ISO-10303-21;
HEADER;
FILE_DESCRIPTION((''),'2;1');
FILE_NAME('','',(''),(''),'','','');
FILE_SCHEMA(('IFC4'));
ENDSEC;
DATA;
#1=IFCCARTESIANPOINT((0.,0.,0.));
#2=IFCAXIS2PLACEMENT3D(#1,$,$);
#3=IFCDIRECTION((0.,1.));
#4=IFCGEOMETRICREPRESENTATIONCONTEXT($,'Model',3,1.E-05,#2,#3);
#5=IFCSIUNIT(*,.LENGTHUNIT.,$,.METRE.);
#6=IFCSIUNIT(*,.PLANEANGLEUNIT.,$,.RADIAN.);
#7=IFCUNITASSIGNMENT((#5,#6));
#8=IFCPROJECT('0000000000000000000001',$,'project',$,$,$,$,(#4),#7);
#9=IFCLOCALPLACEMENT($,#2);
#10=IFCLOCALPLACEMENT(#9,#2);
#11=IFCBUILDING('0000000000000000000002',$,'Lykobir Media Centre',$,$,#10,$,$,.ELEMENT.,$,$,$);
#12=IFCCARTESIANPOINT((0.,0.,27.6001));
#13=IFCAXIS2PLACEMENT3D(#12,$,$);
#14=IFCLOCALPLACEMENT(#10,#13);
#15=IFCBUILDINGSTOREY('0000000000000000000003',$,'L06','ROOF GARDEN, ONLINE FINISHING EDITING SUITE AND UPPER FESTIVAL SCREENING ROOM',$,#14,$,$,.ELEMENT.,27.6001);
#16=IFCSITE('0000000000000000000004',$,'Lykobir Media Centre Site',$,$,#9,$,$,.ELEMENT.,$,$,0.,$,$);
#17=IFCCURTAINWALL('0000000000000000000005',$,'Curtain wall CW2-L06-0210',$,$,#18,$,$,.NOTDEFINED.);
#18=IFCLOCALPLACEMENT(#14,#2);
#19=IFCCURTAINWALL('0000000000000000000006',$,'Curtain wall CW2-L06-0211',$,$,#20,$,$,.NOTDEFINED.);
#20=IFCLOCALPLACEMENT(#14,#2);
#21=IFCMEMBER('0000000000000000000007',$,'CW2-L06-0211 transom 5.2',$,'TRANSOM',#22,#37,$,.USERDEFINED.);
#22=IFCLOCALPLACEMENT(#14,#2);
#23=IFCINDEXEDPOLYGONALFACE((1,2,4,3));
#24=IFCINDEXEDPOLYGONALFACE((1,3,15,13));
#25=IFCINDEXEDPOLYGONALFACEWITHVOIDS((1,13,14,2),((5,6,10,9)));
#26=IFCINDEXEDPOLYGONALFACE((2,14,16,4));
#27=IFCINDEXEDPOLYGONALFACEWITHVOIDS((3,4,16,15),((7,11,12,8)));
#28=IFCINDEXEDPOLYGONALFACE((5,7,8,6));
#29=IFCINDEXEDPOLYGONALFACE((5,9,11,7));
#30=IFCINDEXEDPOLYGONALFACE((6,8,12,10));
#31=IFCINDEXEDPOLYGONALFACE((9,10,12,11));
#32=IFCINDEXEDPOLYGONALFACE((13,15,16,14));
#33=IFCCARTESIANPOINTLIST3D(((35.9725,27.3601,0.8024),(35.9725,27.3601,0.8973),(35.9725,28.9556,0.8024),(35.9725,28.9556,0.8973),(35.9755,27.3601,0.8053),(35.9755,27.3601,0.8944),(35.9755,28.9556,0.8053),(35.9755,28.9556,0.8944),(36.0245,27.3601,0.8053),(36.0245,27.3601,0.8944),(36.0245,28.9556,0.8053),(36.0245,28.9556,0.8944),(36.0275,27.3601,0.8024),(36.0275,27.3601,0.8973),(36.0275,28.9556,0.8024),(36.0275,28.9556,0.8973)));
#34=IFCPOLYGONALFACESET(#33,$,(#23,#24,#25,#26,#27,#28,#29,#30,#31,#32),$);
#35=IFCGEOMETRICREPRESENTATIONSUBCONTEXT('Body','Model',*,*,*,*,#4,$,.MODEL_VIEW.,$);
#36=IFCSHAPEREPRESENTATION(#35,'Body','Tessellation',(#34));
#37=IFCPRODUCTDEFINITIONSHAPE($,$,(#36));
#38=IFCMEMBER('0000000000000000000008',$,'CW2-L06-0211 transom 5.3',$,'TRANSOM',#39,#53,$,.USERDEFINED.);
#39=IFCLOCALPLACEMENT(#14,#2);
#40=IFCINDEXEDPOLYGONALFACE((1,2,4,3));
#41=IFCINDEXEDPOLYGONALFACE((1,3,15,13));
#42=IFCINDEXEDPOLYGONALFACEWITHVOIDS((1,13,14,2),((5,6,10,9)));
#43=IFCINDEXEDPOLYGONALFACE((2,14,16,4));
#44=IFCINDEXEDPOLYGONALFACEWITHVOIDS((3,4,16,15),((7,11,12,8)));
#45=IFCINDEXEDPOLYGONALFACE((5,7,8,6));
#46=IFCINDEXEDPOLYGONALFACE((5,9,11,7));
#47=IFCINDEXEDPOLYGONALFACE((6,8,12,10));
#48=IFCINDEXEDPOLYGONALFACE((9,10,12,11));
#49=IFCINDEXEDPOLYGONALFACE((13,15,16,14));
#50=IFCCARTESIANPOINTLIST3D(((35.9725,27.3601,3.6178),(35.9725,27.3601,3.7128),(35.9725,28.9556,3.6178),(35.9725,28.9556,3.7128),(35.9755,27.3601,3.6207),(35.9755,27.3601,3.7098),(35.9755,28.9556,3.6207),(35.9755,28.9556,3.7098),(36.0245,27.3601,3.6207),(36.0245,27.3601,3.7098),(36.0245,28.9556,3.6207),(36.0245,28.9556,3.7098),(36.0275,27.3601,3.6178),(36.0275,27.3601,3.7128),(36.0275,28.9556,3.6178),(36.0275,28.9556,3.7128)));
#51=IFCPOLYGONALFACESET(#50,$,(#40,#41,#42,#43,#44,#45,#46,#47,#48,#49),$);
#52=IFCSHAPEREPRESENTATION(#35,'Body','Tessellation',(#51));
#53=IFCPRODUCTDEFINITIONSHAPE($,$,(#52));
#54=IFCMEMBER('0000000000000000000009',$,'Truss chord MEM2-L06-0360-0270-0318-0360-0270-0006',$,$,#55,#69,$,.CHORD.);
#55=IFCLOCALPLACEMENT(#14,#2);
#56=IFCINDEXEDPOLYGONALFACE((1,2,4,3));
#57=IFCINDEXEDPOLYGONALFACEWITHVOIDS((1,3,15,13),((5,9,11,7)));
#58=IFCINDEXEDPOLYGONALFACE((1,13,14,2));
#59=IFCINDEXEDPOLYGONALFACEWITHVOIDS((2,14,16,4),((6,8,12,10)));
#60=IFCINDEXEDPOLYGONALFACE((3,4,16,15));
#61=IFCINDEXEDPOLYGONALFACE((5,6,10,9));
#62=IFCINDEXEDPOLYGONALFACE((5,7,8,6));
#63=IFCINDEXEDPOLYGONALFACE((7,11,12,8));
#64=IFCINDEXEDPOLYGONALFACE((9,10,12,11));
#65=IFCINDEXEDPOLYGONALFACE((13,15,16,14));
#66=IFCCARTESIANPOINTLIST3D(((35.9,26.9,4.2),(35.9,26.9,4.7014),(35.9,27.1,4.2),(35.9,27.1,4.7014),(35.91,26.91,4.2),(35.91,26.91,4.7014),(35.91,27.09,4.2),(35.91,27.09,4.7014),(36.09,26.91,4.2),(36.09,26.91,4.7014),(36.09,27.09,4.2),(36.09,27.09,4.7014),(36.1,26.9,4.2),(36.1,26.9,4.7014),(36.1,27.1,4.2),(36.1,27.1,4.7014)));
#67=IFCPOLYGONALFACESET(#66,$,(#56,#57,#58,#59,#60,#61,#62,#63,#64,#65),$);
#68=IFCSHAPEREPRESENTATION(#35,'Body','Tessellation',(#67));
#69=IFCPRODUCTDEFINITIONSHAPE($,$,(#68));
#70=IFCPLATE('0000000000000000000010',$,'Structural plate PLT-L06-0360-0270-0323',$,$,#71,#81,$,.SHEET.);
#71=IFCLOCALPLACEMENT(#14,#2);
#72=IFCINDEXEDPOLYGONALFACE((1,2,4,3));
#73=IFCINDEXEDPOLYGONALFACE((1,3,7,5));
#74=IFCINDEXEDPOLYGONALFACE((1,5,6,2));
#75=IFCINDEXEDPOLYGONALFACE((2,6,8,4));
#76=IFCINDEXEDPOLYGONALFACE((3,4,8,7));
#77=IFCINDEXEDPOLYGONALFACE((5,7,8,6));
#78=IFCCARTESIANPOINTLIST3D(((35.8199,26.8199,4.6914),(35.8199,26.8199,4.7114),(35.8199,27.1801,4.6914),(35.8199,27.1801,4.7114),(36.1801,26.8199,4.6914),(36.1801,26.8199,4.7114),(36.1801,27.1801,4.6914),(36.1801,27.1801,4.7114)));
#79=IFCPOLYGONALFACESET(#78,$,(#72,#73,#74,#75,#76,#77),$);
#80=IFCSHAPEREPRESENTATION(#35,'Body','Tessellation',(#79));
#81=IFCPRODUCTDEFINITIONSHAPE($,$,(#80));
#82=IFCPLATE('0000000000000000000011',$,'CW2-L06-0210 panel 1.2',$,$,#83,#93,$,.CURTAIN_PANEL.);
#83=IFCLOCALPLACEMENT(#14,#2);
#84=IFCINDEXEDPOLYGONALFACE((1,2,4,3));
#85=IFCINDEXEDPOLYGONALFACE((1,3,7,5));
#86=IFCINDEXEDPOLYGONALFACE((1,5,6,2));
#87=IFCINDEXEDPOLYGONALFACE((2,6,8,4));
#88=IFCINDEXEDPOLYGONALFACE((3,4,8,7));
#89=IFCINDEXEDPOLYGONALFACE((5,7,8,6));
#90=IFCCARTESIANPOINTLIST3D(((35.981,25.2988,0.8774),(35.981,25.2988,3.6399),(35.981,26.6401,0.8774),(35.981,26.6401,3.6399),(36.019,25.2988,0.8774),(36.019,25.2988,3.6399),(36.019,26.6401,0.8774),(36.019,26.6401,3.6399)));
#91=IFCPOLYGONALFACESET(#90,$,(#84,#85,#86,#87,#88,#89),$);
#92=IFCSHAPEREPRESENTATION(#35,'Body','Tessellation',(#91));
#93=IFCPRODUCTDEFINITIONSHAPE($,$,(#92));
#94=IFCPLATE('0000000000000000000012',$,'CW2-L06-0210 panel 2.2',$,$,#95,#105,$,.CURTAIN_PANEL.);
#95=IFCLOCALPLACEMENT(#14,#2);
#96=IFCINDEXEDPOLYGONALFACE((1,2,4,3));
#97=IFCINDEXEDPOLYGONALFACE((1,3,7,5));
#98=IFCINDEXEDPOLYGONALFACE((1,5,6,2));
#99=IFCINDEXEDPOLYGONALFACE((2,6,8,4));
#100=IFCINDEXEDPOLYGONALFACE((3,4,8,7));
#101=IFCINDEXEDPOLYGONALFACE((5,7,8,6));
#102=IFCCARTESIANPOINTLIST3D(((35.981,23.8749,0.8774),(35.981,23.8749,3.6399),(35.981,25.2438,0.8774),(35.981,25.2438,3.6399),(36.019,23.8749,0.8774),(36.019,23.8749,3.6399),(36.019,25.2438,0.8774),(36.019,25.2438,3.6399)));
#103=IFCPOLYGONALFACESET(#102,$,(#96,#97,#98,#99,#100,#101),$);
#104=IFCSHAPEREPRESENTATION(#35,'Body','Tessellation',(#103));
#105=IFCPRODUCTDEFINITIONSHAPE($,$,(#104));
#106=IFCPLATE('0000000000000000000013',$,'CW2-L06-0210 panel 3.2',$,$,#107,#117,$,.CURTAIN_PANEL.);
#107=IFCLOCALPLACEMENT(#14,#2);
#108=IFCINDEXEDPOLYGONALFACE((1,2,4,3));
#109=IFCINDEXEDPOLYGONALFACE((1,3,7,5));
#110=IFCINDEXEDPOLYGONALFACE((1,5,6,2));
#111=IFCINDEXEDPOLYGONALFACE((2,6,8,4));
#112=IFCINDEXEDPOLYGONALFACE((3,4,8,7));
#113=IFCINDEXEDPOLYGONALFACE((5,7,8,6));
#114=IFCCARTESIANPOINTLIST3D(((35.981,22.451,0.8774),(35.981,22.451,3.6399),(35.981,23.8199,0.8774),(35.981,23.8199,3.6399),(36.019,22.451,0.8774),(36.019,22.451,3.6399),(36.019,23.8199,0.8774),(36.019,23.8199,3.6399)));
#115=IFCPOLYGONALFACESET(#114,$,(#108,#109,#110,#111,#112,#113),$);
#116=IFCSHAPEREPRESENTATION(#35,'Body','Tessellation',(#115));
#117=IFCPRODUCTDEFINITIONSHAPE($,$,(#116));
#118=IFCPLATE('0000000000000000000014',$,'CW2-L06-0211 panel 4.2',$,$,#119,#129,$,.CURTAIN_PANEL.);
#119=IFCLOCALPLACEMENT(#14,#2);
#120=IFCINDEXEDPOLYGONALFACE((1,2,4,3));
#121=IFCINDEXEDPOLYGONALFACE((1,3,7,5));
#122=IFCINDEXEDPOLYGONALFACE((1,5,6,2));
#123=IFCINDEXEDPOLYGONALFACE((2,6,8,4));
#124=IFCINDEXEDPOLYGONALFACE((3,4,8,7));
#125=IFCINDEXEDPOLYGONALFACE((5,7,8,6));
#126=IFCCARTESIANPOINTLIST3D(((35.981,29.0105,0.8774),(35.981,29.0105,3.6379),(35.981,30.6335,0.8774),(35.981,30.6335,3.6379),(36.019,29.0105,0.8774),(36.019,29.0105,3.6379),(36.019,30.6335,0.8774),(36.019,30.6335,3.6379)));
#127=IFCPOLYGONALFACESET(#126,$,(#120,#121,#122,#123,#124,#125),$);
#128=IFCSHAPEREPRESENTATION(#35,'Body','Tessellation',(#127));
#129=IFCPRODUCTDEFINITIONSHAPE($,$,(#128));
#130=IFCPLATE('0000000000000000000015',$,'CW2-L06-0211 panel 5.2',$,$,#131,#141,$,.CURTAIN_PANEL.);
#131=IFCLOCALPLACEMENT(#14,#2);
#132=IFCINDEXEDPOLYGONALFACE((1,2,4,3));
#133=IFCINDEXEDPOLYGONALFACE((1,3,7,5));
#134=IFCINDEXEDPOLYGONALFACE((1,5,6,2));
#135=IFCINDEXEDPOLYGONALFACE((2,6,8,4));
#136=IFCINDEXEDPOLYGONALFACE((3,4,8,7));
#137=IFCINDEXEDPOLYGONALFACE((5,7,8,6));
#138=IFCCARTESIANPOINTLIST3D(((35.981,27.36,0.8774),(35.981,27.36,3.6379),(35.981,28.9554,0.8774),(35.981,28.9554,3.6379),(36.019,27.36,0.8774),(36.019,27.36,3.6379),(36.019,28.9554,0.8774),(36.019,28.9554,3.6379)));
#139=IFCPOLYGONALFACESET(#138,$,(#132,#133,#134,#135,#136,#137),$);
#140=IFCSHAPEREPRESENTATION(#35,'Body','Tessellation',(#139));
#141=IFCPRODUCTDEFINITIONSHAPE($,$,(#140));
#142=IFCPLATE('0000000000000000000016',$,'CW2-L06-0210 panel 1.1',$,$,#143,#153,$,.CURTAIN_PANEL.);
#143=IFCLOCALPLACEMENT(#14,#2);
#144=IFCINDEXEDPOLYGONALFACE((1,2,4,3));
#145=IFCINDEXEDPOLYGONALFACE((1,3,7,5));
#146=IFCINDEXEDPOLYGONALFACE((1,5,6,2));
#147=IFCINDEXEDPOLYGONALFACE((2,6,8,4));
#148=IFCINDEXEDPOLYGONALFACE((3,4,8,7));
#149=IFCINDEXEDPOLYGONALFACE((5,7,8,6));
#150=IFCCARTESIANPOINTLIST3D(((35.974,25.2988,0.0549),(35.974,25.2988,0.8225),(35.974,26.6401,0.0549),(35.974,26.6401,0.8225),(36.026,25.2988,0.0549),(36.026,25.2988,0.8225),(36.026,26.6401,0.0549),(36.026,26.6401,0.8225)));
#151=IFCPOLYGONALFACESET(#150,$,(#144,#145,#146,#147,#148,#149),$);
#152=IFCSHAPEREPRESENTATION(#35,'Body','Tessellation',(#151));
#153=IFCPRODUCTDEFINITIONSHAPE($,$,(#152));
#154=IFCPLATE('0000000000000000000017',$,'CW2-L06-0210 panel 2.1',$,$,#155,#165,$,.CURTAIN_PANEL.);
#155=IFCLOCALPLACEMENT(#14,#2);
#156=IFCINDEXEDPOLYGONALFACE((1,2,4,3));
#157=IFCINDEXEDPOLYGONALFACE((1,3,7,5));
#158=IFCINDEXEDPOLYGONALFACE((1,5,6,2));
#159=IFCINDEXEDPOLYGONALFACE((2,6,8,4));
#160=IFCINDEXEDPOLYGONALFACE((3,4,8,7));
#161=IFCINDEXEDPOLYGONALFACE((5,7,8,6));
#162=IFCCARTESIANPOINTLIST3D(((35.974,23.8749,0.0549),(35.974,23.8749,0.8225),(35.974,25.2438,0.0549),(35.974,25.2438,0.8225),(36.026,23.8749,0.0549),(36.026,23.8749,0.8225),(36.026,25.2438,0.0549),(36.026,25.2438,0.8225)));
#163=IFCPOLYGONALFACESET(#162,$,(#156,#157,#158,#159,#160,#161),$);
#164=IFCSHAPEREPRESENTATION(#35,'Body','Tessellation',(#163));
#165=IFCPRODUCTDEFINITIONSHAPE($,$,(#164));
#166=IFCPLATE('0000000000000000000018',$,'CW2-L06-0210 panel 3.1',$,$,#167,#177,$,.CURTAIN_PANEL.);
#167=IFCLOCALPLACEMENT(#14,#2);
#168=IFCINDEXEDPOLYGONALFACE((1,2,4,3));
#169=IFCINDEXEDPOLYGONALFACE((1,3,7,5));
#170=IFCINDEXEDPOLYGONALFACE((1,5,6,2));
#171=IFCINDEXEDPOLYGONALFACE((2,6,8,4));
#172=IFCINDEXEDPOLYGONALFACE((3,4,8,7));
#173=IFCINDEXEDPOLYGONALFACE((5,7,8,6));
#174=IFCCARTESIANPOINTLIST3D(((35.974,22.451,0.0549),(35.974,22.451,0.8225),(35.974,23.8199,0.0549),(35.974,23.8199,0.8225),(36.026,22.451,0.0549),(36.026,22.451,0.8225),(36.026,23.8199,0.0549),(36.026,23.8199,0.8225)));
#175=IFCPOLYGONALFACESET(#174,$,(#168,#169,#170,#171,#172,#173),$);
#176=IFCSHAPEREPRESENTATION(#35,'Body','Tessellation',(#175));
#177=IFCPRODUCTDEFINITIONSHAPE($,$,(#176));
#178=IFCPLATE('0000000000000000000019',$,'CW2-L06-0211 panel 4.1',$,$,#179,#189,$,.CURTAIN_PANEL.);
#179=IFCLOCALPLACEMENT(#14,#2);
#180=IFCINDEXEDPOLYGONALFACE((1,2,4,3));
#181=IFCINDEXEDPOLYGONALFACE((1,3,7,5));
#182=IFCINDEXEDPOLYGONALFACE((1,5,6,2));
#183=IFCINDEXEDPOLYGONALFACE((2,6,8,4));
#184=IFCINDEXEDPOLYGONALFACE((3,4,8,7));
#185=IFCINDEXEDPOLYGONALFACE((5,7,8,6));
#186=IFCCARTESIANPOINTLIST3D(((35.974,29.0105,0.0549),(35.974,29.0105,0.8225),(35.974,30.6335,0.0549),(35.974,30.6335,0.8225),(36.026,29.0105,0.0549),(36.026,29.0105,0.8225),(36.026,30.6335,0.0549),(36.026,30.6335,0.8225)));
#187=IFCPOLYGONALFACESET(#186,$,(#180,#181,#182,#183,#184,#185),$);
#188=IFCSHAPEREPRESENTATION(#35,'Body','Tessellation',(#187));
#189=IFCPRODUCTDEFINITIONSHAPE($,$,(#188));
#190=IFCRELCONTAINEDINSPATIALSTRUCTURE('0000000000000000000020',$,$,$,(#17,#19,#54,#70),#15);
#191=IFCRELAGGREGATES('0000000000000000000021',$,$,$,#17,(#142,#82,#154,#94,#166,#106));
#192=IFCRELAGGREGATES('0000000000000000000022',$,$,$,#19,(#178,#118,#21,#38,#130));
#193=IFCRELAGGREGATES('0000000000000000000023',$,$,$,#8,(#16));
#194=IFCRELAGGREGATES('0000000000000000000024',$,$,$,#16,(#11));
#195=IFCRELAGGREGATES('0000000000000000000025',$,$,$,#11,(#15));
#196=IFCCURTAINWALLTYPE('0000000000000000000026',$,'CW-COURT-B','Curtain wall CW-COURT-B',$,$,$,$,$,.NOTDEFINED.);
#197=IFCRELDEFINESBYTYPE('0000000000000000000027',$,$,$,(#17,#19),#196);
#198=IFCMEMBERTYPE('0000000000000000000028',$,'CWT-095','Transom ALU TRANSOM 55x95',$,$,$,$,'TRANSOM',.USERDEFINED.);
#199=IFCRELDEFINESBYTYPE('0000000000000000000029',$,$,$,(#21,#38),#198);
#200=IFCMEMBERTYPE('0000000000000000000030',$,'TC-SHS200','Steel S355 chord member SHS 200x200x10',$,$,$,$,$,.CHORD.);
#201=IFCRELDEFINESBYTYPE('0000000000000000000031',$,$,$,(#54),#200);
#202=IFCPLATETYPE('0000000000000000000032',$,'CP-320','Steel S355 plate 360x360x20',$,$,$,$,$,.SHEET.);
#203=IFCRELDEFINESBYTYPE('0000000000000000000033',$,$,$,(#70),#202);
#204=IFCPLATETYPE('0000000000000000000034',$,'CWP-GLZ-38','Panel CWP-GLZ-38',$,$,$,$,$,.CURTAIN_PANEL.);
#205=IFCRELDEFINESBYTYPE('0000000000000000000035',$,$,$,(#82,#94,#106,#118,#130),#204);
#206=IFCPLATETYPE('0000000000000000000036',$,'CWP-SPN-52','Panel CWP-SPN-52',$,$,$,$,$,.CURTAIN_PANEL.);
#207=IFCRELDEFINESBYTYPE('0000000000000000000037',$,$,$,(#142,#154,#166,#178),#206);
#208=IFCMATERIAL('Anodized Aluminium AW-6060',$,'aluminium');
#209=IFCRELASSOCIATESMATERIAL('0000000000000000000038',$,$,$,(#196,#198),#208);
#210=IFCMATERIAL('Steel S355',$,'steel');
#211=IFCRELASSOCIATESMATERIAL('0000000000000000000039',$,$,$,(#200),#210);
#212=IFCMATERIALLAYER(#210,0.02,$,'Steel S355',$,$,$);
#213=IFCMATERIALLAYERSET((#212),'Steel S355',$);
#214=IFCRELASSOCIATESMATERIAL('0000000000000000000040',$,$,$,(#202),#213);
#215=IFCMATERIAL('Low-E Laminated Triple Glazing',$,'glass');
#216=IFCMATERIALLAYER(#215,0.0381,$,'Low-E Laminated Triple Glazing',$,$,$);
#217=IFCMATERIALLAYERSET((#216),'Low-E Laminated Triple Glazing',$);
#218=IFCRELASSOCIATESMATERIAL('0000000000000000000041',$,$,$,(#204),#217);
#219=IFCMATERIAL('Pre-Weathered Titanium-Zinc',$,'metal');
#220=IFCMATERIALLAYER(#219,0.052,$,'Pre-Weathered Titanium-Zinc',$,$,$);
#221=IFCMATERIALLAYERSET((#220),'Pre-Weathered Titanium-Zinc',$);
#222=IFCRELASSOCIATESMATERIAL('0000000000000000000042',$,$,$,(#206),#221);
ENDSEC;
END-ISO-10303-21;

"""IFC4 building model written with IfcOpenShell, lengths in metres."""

from ifc_helpers import new_model, si_unit, direction, frame, origin, origin_2d, place, context, subcontext, project, spatial, rectangle, hollow_rectangle, extrude, material, layer, layer_set, material_profile, profile_set, type_object, element, aggregate, save


model = new_model("IFC4")

# Units and contexts
model_context = context("Model", 3, precision=1e-05, world=origin(), true_north=direction((0.0, 1.0)))
body_context = subcontext(model_context, "Body", "Model", "MODEL_VIEW")
ifc_project = project(units=[si_unit("LENGTHUNIT", "METRE"), si_unit("PLANEANGLEUNIT", "RADIAN")], contexts=[model_context])

# Site, building, storey
site_placement = place(None, origin())
site = spatial("IfcSite", under=ifc_project, at=site_placement, Name="Lykobir Media Centre Site", CompositionType="ELEMENT", RefElevation=0.0)
building_placement = place(site_placement, origin())
building = spatial("IfcBuilding", under=site, at=building_placement, Name="Lykobir Media Centre", CompositionType="ELEMENT")
storey_placement = place(building_placement, frame((0.0, 0.0, 27.6001)))
storey = spatial("IfcBuildingStorey", under=building, at=storey_placement, Name="L06", Description="ROOF GARDEN, ONLINE FINISHING EDITING SUITE AND UPPER FESTIVAL SCREENING ROOM", CompositionType="ELEMENT", Elevation=27.6001)

# Shared definitions
ifc_material_1 = material(Name="Steel S355", Category="steel")

# Curtain walls
ifc_material_2 = material(Name="Anodized Aluminium AW-6060", Category="aluminium")
curtain_wall_type = type_object("IfcCurtainWallType", Name="CW-COURT-B", Description="Curtain wall CW-COURT-B", PredefinedType="NOTDEFINED", material=ifc_material_2)
curtain_wall_1_placement = place(storey_placement, origin())
curtain_wall_1 = element("IfcCurtainWall", 1, at=curtain_wall_1_placement, inside=storey, type_object=curtain_wall_type, Name="Curtain wall CW2-L06-0210", PredefinedType="NOTDEFINED")
curtain_wall_2_placement = place(storey_placement, origin())
curtain_wall_2 = element("IfcCurtainWall", 2, at=curtain_wall_2_placement, inside=storey, type_object=curtain_wall_type, Name="Curtain wall CW2-L06-0211", PredefinedType="NOTDEFINED")

# Members
ifc_material_profile_1 = material_profile(ifc_material_2, hollow_rectangle(XDim=0.0549, YDim=0.095, WallThickness=0.0029, at=origin_2d()), Name="ALU TRANSOM 55x95")
ifc_profile_set_1 = profile_set([ifc_material_profile_1], Name="Anodized Aluminium AW-6060")
member_type_1 = type_object("IfcMemberType", Name="CWT-095", Description="Transom ALU TRANSOM 55x95", ElementType="TRANSOM", PredefinedType="USERDEFINED", material=ifc_profile_set_1)
member_1_placement = place(storey_placement, frame((36.0, 28.9556, 0.8499), z_axis=(0.0, -1.0, 0.0), x_axis=(1.0, 0.0, 0.0)))
member_1 = element("IfcMember", 3, at=member_1_placement, type_object=member_type_1, Name="CW2-L06-0211 transom 5.2", ObjectType="TRANSOM", PredefinedType="USERDEFINED", context=body_context, shape_type="SweptSolid", body=[
    extrude(hollow_rectangle(XDim=0.0549, YDim=0.095, WallThickness=0.0029, at=origin_2d()), origin(), (0.0, 0.0, 1.0), 1.5955),
])
member_2_placement = place(storey_placement, frame((36.0, 28.9556, 3.6653), z_axis=(0.0, -1.0, 0.0), x_axis=(1.0, 0.0, 0.0)))
member_2 = element("IfcMember", 4, at=member_2_placement, type_object=member_type_1, Name="CW2-L06-0211 transom 5.3", ObjectType="TRANSOM", PredefinedType="USERDEFINED", context=body_context, shape_type="SweptSolid", body=[
    extrude(hollow_rectangle(XDim=0.0549, YDim=0.095, WallThickness=0.0029, at=origin_2d()), origin(), (0.0, 0.0, 1.0), 1.5955),
])
ifc_material_profile_2 = material_profile(ifc_material_1, hollow_rectangle(XDim=0.2, YDim=0.2, WallThickness=0.01, at=origin_2d()), Name="SHS 200x200x10")
ifc_profile_set_2 = profile_set([ifc_material_profile_2], Name="Steel S355")
member_type_2 = type_object("IfcMemberType", Name="TC-SHS200", Description="Steel S355 chord member SHS 200x200x10", PredefinedType="CHORD", material=ifc_profile_set_2)
member_3_placement = place(storey_placement, frame((36.0, 27.0, 4.2), z_axis=(0.0, 0.0, 1.0), x_axis=(1.0, 0.0, 0.0)))
element("IfcMember", 5, at=member_3_placement, inside=storey, type_object=member_type_2, Name="Truss chord MEM2-L06-0360-0270-0318-0360-0270-0006", PredefinedType="CHORD", context=body_context, shape_type="SweptSolid", body=[
    extrude(hollow_rectangle(XDim=0.2, YDim=0.2, WallThickness=0.01, at=origin_2d()), origin(), (0.0, 0.0, 1.0), 0.5015),
])

# Plates
ifc_layer_1 = layer(ifc_material_1, 0.02, Name="Steel S355")
ifc_layer_set_1 = layer_set([ifc_layer_1], Name="Steel S355")
plate_type_1 = type_object("IfcPlateType", Name="CP-320", Description="Steel S355 plate 360x360x20", PredefinedType="SHEET", material=ifc_layer_set_1)
plate_1_placement = place(storey_placement, frame((36.0, 27.0, 4.6914), z_axis=(0.0, 0.0, 1.0), x_axis=(1.0, 0.0, 0.0)))
element("IfcPlate", 6, at=plate_1_placement, inside=storey, type_object=plate_type_1, Name="Structural plate PLT-L06-0360-0270-0323", PredefinedType="SHEET", context=body_context, shape_type="SweptSolid", body=[
    extrude(rectangle(XDim=0.3601, YDim=0.3601, at=origin_2d()), origin(), (0.0, 0.0, 1.0), 0.02),
])
ifc_material_3 = material(Name="Low-E Laminated Triple Glazing", Category="glass")
ifc_layer_2 = layer(ifc_material_3, 0.0381, Name="Low-E Laminated Triple Glazing")
ifc_layer_set_2 = layer_set([ifc_layer_2], Name="Low-E Laminated Triple Glazing")
plate_type_2 = type_object("IfcPlateType", Name="CWP-GLZ-38", Description="Panel CWP-GLZ-38", PredefinedType="CURTAIN_PANEL", material=ifc_layer_set_2)
plate_2_placement = place(storey_placement, frame((36.0, 25.9695, 0.8774), z_axis=(0.0, 0.0, 1.0), x_axis=(0.0, -1.0, 0.0)))
plate_2 = element("IfcPlate", 7, at=plate_2_placement, type_object=plate_type_2, Name="CW2-L06-0210 panel 1.2", PredefinedType="CURTAIN_PANEL", context=body_context, shape_type="SweptSolid", body=[
    extrude(rectangle(XDim=1.3413, YDim=0.0381, at=origin_2d()), origin(), (0.0, 0.0, 1.0), 2.7625),
])
plate_3_placement = place(storey_placement, frame((36.0, 24.5593, 0.8774), z_axis=(0.0, 0.0, 1.0), x_axis=(0.0, -1.0, 0.0)))
plate_3 = element("IfcPlate", 8, at=plate_3_placement, type_object=plate_type_2, Name="CW2-L06-0210 panel 2.2", PredefinedType="CURTAIN_PANEL", context=body_context, shape_type="SweptSolid", body=[
    extrude(rectangle(XDim=1.3689, YDim=0.0381, at=origin_2d()), origin(), (0.0, 0.0, 1.0), 2.7625),
])
plate_4_placement = place(storey_placement, frame((36.0, 23.1355, 0.8774), z_axis=(0.0, 0.0, 1.0), x_axis=(0.0, -1.0, 0.0)))
plate_4 = element("IfcPlate", 9, at=plate_4_placement, type_object=plate_type_2, Name="CW2-L06-0210 panel 3.2", PredefinedType="CURTAIN_PANEL", context=body_context, shape_type="SweptSolid", body=[
    extrude(rectangle(XDim=1.3689, YDim=0.0381, at=origin_2d()), origin(), (0.0, 0.0, 1.0), 2.7625),
])
plate_5_placement = place(storey_placement, frame((36.0, 29.822, 0.8774), z_axis=(0.0, 0.0, 1.0), x_axis=(0.0, -1.0, 0.0)))
plate_5 = element("IfcPlate", 10, at=plate_5_placement, type_object=plate_type_2, Name="CW2-L06-0211 panel 4.2", PredefinedType="CURTAIN_PANEL", context=body_context, shape_type="SweptSolid", body=[
    extrude(rectangle(XDim=1.623, YDim=0.0381, at=origin_2d()), origin(), (0.0, 0.0, 1.0), 2.7605),
])
plate_6_placement = place(storey_placement, frame((36.0, 28.1577, 0.8774), z_axis=(0.0, 0.0, 1.0), x_axis=(0.0, -1.0, 0.0)))
plate_6 = element("IfcPlate", 11, at=plate_6_placement, type_object=plate_type_2, Name="CW2-L06-0211 panel 5.2", PredefinedType="CURTAIN_PANEL", context=body_context, shape_type="SweptSolid", body=[
    extrude(rectangle(XDim=1.5955, YDim=0.0381, at=origin_2d()), origin(), (0.0, 0.0, 1.0), 2.7605),
])
ifc_material_4 = material(Name="Pre-Weathered Titanium-Zinc", Category="metal")
ifc_layer_3 = layer(ifc_material_4, 0.052, Name="Pre-Weathered Titanium-Zinc")
ifc_layer_set_3 = layer_set([ifc_layer_3], Name="Pre-Weathered Titanium-Zinc")
plate_type_3 = type_object("IfcPlateType", Name="CWP-SPN-52", Description="Panel CWP-SPN-52", PredefinedType="CURTAIN_PANEL", material=ifc_layer_set_3)
plate_7_placement = place(storey_placement, frame((36.0, 25.9695, 0.0549), z_axis=(0.0, 0.0, 1.0), x_axis=(0.0, -1.0, 0.0)))
plate_7 = element("IfcPlate", 12, at=plate_7_placement, type_object=plate_type_3, Name="CW2-L06-0210 panel 1.1", PredefinedType="CURTAIN_PANEL", context=body_context, shape_type="SweptSolid", body=[
    extrude(rectangle(XDim=1.3413, YDim=0.052, at=origin_2d()), origin(), (0.0, 0.0, 1.0), 0.7676),
])
plate_8_placement = place(storey_placement, frame((36.0, 24.5593, 0.0549), z_axis=(0.0, 0.0, 1.0), x_axis=(0.0, -1.0, 0.0)))
plate_8 = element("IfcPlate", 13, at=plate_8_placement, type_object=plate_type_3, Name="CW2-L06-0210 panel 2.1", PredefinedType="CURTAIN_PANEL", context=body_context, shape_type="SweptSolid", body=[
    extrude(rectangle(XDim=1.3689, YDim=0.052, at=origin_2d()), origin(), (0.0, 0.0, 1.0), 0.7676),
])
plate_9_placement = place(storey_placement, frame((36.0, 23.1355, 0.0549), z_axis=(0.0, 0.0, 1.0), x_axis=(0.0, -1.0, 0.0)))
plate_9 = element("IfcPlate", 14, at=plate_9_placement, type_object=plate_type_3, Name="CW2-L06-0210 panel 3.1", PredefinedType="CURTAIN_PANEL", context=body_context, shape_type="SweptSolid", body=[
    extrude(rectangle(XDim=1.3689, YDim=0.052, at=origin_2d()), origin(), (0.0, 0.0, 1.0), 0.7676),
])
aggregate(curtain_wall_1, [plate_7, plate_2, plate_8, plate_3, plate_9, plate_4])
plate_10_placement = place(storey_placement, frame((36.0, 29.822, 0.0549), z_axis=(0.0, 0.0, 1.0), x_axis=(0.0, -1.0, 0.0)))
plate_10 = element("IfcPlate", 15, at=plate_10_placement, type_object=plate_type_3, Name="CW2-L06-0211 panel 4.1", PredefinedType="CURTAIN_PANEL", context=body_context, shape_type="SweptSolid", body=[
    extrude(rectangle(XDim=1.623, YDim=0.052, at=origin_2d()), origin(), (0.0, 0.0, 1.0), 0.7676),
])
aggregate(curtain_wall_2, [plate_10, plate_5, member_1, member_2, plate_6])

save(model, "model.ifc")
